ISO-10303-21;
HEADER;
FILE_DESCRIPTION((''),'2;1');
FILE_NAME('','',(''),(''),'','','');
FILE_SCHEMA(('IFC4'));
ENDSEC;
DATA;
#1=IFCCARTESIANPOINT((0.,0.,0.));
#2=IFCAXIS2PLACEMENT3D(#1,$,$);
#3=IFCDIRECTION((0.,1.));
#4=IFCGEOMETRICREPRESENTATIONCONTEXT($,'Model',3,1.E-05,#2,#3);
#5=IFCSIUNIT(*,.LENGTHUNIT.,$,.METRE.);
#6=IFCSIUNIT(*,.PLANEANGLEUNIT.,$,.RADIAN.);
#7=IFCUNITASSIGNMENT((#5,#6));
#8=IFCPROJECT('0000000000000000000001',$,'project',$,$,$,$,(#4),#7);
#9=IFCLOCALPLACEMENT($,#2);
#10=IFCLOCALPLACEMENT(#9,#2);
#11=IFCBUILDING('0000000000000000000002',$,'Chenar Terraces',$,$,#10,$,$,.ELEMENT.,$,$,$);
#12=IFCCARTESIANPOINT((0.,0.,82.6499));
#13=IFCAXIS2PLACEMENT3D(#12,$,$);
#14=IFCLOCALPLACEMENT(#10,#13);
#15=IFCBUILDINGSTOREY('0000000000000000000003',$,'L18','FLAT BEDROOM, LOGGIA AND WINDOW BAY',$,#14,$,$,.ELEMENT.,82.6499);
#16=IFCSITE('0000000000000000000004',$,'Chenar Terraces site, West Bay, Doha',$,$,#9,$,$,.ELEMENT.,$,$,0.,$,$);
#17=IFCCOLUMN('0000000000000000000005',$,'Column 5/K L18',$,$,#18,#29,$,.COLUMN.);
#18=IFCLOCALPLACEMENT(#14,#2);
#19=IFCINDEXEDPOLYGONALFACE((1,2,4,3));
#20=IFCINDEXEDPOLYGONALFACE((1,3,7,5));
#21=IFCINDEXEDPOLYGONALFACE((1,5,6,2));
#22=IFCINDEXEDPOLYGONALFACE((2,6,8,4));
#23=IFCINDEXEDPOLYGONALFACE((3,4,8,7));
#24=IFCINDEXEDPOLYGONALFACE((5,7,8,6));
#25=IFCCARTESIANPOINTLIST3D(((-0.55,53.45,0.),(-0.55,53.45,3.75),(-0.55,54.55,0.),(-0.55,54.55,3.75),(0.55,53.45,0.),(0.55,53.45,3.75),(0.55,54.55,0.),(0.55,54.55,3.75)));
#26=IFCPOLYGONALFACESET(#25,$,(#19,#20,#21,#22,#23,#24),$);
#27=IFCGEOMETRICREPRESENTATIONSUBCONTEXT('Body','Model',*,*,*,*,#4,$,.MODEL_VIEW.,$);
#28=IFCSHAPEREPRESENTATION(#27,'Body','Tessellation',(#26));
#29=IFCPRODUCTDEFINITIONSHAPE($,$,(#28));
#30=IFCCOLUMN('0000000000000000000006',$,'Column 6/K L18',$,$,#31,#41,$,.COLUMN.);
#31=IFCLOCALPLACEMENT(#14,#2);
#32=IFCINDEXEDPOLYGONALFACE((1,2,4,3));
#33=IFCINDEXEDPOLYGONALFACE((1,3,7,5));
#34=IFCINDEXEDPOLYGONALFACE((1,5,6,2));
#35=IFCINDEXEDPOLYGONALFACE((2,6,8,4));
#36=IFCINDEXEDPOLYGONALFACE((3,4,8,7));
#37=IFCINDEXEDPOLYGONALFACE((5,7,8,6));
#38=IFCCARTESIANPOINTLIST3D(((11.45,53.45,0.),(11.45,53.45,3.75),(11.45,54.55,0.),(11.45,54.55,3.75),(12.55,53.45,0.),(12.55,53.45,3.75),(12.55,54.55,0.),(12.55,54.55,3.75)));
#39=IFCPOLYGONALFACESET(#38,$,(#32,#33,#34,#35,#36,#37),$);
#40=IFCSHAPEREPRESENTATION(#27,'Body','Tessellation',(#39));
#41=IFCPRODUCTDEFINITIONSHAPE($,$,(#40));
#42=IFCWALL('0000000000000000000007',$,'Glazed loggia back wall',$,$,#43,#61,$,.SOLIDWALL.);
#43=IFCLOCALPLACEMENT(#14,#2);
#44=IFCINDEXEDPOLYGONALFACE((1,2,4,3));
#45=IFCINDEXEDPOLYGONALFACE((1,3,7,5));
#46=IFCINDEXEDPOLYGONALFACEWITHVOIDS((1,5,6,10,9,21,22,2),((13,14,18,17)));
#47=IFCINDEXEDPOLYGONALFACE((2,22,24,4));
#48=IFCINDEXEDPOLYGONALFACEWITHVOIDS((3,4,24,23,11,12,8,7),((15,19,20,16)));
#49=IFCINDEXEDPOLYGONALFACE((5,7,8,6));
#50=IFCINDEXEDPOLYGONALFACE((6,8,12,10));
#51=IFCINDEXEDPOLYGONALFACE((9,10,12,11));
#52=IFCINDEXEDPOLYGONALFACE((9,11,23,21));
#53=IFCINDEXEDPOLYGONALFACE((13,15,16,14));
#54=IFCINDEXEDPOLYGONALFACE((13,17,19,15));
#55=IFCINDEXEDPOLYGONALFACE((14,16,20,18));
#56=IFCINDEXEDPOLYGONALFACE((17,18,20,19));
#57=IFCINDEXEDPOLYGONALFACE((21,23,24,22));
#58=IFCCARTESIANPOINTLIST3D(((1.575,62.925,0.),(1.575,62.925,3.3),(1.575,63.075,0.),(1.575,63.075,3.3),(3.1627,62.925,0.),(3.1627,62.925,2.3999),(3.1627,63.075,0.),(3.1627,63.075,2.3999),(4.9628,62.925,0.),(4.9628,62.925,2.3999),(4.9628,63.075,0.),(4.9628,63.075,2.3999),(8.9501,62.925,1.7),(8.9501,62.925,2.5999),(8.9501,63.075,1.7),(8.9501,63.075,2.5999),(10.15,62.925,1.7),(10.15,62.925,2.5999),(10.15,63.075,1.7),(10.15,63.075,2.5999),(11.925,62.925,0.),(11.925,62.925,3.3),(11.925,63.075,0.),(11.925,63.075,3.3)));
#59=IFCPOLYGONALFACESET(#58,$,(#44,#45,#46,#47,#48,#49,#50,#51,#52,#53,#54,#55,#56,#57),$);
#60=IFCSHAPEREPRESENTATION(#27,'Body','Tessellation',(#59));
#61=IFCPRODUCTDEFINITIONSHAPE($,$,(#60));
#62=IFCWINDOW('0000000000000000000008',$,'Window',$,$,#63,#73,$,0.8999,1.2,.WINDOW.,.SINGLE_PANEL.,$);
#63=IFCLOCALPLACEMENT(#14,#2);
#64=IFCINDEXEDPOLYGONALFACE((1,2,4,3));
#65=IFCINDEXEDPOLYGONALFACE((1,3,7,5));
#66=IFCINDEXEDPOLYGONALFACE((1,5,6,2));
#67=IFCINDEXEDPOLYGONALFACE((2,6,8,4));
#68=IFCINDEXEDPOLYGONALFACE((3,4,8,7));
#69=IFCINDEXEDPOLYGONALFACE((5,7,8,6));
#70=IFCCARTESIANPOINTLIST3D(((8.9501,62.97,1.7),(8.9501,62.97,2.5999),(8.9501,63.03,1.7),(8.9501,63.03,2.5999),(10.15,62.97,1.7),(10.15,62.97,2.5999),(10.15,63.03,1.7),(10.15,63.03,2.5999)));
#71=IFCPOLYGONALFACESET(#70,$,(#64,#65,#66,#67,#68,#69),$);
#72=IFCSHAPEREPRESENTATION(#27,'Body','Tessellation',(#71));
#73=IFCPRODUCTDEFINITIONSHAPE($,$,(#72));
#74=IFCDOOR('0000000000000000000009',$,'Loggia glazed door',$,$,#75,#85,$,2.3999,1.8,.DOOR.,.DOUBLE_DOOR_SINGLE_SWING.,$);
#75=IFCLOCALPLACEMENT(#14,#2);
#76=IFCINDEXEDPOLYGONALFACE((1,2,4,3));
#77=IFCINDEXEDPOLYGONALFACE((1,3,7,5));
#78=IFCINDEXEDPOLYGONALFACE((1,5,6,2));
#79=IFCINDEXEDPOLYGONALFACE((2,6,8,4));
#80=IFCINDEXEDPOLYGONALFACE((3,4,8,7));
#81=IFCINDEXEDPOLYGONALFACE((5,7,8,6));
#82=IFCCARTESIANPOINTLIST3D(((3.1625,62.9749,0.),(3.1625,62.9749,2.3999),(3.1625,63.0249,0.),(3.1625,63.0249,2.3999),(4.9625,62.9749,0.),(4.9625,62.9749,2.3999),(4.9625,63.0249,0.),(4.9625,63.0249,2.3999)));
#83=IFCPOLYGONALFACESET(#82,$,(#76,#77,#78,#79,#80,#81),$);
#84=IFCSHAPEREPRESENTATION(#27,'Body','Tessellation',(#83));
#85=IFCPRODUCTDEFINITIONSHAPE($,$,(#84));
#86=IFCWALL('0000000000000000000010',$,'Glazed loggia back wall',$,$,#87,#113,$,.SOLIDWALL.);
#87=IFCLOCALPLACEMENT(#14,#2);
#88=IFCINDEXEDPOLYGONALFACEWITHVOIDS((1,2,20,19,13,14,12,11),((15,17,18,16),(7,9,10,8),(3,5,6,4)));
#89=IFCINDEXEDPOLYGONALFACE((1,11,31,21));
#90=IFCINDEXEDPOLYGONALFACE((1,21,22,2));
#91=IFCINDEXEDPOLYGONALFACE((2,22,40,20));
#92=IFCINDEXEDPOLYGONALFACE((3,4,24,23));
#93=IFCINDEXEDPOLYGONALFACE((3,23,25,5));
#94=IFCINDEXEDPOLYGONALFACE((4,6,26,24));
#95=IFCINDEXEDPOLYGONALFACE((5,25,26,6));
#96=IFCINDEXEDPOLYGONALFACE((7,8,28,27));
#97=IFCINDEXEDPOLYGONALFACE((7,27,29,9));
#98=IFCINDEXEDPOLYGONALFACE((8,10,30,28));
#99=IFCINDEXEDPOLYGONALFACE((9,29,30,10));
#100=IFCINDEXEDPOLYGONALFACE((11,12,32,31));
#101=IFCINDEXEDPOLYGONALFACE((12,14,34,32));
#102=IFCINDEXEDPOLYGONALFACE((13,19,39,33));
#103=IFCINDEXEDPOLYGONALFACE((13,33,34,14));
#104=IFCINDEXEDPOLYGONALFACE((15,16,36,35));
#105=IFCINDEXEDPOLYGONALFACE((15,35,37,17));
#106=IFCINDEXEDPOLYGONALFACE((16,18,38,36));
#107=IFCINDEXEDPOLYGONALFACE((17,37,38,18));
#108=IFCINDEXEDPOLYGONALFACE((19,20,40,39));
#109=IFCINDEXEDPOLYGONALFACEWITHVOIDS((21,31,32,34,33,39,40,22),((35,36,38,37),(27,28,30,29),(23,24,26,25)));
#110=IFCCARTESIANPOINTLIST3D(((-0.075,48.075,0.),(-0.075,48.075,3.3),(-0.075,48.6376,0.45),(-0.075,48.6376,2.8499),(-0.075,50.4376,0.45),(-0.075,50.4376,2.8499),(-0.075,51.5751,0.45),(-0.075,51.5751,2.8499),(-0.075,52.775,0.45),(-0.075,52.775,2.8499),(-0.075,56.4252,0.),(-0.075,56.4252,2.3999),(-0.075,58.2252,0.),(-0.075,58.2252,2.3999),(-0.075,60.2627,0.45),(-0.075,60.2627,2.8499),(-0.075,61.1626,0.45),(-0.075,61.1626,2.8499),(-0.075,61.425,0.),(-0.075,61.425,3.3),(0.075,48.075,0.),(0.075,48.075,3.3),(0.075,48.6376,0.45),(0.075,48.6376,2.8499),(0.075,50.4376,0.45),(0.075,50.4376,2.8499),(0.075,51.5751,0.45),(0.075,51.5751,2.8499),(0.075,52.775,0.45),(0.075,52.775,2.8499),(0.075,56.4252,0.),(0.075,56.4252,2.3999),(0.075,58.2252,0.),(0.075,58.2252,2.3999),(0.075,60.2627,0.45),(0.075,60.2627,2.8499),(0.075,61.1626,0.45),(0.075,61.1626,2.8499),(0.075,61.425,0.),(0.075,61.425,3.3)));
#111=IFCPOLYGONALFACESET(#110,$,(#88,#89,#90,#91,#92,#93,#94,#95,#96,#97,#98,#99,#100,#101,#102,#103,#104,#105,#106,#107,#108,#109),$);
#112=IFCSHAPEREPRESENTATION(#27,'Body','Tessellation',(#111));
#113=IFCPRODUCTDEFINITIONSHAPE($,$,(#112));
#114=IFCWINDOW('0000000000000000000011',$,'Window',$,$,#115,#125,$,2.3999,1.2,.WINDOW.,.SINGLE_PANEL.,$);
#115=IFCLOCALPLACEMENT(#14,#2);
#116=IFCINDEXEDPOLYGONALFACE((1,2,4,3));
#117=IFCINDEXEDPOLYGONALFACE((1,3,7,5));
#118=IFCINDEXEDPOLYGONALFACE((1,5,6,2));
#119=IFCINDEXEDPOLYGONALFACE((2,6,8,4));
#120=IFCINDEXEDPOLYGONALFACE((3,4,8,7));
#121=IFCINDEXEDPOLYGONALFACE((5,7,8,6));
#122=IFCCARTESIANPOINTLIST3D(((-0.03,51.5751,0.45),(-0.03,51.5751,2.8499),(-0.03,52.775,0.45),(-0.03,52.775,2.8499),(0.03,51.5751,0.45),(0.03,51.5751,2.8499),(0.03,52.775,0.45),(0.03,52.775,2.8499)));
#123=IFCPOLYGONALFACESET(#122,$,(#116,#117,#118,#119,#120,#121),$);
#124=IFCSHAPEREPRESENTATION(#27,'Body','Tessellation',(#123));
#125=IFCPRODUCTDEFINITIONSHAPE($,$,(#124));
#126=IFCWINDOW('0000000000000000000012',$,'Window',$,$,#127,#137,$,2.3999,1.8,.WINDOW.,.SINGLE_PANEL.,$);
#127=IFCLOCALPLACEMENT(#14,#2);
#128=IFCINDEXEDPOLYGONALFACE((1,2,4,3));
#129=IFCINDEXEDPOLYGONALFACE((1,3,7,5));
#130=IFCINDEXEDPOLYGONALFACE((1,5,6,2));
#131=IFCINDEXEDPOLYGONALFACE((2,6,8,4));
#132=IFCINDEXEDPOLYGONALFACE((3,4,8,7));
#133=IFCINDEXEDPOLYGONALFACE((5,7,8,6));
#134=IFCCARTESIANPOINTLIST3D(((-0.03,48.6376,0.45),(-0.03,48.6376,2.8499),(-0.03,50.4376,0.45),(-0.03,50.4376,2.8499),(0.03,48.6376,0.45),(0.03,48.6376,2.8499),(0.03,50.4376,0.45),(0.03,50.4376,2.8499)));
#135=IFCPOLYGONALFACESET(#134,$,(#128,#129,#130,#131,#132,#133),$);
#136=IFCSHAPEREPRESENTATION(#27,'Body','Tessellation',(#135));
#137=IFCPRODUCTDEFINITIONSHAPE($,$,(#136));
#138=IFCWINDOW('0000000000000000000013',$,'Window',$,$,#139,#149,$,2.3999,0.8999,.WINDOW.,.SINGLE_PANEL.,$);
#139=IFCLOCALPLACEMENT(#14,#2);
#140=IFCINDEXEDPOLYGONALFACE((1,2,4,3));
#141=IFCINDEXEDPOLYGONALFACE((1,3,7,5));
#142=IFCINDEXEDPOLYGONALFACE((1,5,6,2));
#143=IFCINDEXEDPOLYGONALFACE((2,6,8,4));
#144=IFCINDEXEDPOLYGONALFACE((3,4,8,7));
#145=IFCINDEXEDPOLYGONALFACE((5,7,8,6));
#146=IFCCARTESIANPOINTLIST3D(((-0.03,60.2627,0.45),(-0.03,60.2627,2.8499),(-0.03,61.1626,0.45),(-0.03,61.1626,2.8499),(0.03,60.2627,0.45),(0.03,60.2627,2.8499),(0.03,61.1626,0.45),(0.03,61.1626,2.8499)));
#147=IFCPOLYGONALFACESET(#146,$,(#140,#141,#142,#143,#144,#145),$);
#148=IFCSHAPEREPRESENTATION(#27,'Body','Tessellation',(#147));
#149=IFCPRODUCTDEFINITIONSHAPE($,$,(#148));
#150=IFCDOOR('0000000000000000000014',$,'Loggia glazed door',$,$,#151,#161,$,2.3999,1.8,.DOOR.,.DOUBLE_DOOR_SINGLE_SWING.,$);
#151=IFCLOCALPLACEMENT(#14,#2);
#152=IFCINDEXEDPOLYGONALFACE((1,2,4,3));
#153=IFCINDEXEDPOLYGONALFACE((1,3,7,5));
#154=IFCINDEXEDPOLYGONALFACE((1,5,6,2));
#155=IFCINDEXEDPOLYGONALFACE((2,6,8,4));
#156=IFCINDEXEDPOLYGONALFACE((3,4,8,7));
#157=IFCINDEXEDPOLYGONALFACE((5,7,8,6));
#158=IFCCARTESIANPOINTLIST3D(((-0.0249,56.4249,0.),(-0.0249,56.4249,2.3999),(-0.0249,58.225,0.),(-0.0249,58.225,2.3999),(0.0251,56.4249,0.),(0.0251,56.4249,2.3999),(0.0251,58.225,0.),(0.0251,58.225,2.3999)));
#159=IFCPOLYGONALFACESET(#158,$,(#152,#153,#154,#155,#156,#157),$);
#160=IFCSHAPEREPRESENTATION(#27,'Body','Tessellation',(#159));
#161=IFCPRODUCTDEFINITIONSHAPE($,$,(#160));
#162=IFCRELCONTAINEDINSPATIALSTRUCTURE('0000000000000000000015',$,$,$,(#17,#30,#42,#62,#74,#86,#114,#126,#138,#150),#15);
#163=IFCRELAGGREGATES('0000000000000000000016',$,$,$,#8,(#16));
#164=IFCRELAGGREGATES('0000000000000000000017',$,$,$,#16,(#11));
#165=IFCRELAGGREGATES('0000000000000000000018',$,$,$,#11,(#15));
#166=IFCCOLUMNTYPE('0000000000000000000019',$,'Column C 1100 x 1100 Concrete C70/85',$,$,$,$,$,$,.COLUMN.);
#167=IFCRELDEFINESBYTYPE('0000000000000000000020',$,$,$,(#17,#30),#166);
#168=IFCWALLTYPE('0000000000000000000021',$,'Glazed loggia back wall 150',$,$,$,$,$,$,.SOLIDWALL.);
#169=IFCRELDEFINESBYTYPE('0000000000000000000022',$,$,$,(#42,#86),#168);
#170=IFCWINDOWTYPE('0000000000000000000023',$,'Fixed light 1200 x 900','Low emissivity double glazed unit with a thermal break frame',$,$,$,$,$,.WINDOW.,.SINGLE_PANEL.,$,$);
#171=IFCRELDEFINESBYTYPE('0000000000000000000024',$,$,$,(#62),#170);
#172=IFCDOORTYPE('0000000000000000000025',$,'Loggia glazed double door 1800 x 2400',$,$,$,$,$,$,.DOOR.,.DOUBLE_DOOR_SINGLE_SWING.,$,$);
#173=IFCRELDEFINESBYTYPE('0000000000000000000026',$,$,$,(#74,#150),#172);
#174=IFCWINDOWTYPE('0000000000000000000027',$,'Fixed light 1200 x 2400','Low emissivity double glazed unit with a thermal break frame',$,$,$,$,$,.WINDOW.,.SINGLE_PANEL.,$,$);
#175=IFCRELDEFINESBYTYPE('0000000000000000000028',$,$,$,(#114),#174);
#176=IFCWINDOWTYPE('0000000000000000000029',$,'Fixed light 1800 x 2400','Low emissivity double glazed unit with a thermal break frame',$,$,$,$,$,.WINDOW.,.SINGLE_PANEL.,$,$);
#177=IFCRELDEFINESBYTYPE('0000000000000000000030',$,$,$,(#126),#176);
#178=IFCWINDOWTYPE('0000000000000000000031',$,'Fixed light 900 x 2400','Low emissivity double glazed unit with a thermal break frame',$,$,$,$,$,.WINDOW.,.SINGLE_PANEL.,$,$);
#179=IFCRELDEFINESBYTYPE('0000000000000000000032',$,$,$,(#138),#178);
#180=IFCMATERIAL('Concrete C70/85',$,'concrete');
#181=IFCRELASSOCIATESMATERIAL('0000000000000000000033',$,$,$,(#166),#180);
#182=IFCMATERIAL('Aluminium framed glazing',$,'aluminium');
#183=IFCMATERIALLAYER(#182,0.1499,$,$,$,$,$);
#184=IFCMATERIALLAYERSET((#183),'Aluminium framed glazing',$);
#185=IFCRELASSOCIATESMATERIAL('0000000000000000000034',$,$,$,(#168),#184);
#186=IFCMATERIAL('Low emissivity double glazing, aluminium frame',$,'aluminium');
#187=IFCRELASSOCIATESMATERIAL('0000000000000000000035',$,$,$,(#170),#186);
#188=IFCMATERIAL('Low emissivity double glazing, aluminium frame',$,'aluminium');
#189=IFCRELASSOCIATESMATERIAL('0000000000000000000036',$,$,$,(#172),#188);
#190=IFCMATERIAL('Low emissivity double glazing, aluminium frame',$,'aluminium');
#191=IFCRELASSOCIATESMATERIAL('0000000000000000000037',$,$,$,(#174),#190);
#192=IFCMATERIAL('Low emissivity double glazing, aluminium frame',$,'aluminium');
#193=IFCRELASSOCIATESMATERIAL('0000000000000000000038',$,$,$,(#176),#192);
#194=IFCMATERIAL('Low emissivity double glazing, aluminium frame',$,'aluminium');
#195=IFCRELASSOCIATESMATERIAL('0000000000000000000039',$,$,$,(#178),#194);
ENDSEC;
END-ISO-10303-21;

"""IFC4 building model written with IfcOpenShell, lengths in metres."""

from ifc_helpers import new_model, si_unit, direction, frame, frame_2d, origin, origin_2d, place, context, subcontext, project, spatial, rectangle, extrude, material, layer, layer_set, material_profile, profile_set, type_object, element, fill, save


model = new_model("IFC4")

# Units and contexts
model_context = context("Model", 3, precision=1e-05, world=origin(), true_north=direction((0.0, 1.0)))
body_context = subcontext(model_context, "Body", "Model", "MODEL_VIEW")
ifc_project = project(units=[si_unit("LENGTHUNIT", "METRE"), si_unit("PLANEANGLEUNIT", "RADIAN")], contexts=[model_context])

# Site, building, storey
site_placement = place(None, origin())
site = spatial("IfcSite", under=ifc_project, at=site_placement, Name="Chenar Terraces site, West Bay, Doha", CompositionType="ELEMENT", RefElevation=0.0)
building_placement = place(site_placement, origin())
building = spatial("IfcBuilding", under=site, at=building_placement, Name="Chenar Terraces", CompositionType="ELEMENT")
storey_placement = place(building_placement, frame((0.0, 0.0, 82.6499)))
storey = spatial("IfcBuildingStorey", under=building, at=storey_placement, Name="L18", Description="FLAT BEDROOM, LOGGIA AND WINDOW BAY", CompositionType="ELEMENT", Elevation=82.6499)

# Columns
ifc_material_1 = material(Name="Concrete C70/85", Category="concrete")
ifc_material_profile = material_profile(ifc_material_1, rectangle(XDim=1.1001, YDim=1.1001, at=origin_2d()), Name="C 1100 x 1100")
ifc_profile_set = profile_set([ifc_material_profile], Name="Concrete C70/85")
column_type = type_object("IfcColumnType", Name="Column C 1100 x 1100 Concrete C70/85", PredefinedType="COLUMN", material=ifc_profile_set)
for number, where, z_axis, x_axis, name in (
    (1, (0.0, 54.0, 0.0), (0.0, 0.0, 1.0), (1.0, 0.0, 0.0), "Column 5/K L18"),
    (2, (12.0, 54.0, 0.0), (0.0, 0.0, 1.0), (1.0, 0.0, 0.0), "Column 6/K L18"),
):
    element("IfcColumn", number, at=place(storey_placement, frame(where, z_axis=z_axis, x_axis=x_axis)), inside=storey, type_object=column_type, Name=name, PredefinedType="COLUMN", context=body_context, shape_type="SweptSolid", body=[
        extrude(rectangle(XDim=1.1001, YDim=1.1001, at=origin_2d()), origin(), (0.0, 0.0, 1.0), 3.75),
    ])

# Wall, openings, window, door
ifc_material_2 = material(Name="Aluminium framed glazing", Category="aluminium")
ifc_layer_1 = layer(ifc_material_2, 0.1499)
ifc_layer_set_1 = layer_set([ifc_layer_1], Name="Aluminium framed glazing")
wall_type_1 = type_object("IfcWallType", Name="Glazed loggia back wall 150", PredefinedType="SOLIDWALL", material=ifc_layer_set_1)
wall_1_placement = place(storey_placement, frame((11.925, 63.0, 0.0), z_axis=(0.0, 0.0, 1.0), x_axis=(-1.0, 0.0, 0.0)))
wall_1 = element("IfcWall", 3, at=wall_1_placement, inside=storey, type_object=wall_type_1, Name="Glazed loggia back wall", PredefinedType="SOLIDWALL", context=body_context, shape_type="SweptSolid", body=[
    extrude(rectangle(XDim=10.3501, YDim=0.1499, at=frame_2d((5.175, 0.0))), origin(), (0.0, 0.0, 1.0), 3.3),
])
opening_1_placement = place(wall_1_placement, frame((1.7749, 0.0, 1.7)))
opening_1 = element("IfcOpeningElement", 4, at=opening_1_placement, cuts=wall_1, PredefinedType="OPENING", context=body_context, shape_type="SweptSolid", body=[
    extrude(rectangle(XDim=1.2, YDim=0.8999, at=frame_2d((0.6001, 0.45))), frame((0.0, 0.085, 0.0), z_axis=(0.0, -1.0, 0.0), x_axis=(1.0, 0.0, 0.0)), (0.0, 0.0, 1.0), 0.1699),
])
opening_2_placement = place(wall_1_placement, frame((6.9624, 0.0, 0.0)))
opening_2 = element("IfcOpeningElement", 5, at=opening_2_placement, cuts=wall_1, PredefinedType="OPENING", context=body_context, shape_type="SweptSolid", body=[
    extrude(rectangle(XDim=1.8, YDim=2.3999, at=frame_2d((0.8999, 1.2))), frame((0.0, 0.085, 0.0), z_axis=(0.0, -1.0, 0.0), x_axis=(1.0, 0.0, 0.0)), (0.0, 0.0, 1.0), 0.1699),
])
ifc_material_3 = material(Name="Low emissivity double glazing, aluminium frame", Category="aluminium")
window_type_1 = type_object("IfcWindowType", Name="Fixed light 1200 x 900", Description="Low emissivity double glazed unit with a thermal break frame", PartitioningType="SINGLE_PANEL", PredefinedType="WINDOW", material=ifc_material_3)
window_1_placement = place(opening_1_placement, origin())
window_1 = element("IfcWindow", 6, at=window_1_placement, inside=storey, type_object=window_type_1, Name="Window", OverallHeight=0.8999, OverallWidth=1.2, PartitioningType="SINGLE_PANEL", PredefinedType="WINDOW", context=body_context, shape_type="SweptSolid", body=[
    extrude(rectangle(XDim=1.2, YDim=0.8999, at=frame_2d((0.6001, 0.45))), frame((0.0, 0.03, 0.0), z_axis=(0.0, -1.0, 0.0), x_axis=(1.0, 0.0, 0.0)), (0.0, 0.0, 1.0), 0.0601),
])
fill(opening_1, window_1)
ifc_material_4 = material(Name="Low emissivity double glazing, aluminium frame", Category="aluminium")
door_type_1 = type_object("IfcDoorType", Name="Loggia glazed double door 1800 x 2400", OperationType="DOUBLE_DOOR_SINGLE_SWING", PredefinedType="DOOR", material=ifc_material_4)
door_1_placement = place(opening_2_placement, frame((1.8, 0.0, 0.0), z_axis=(0.0, 0.0, 1.0), x_axis=(-1.0, 0.0, 0.0)))
door_1 = element("IfcDoor", 7, at=door_1_placement, inside=storey, type_object=door_type_1, Name="Loggia glazed door", OperationType="DOUBLE_DOOR_SINGLE_SWING", OverallHeight=2.3999, OverallWidth=1.8, PredefinedType="DOOR", context=body_context, shape_type="SweptSolid", body=[
    extrude(rectangle(XDim=1.8, YDim=2.3999, at=frame_2d((0.8999, 1.2))), frame((0.0, 0.0249, 0.0), z_axis=(0.0, -1.0, 0.0), x_axis=(1.0, 0.0, 0.0)), (0.0, 0.0, 1.0), 0.05),
])
fill(opening_2, door_1)

# Wall, openings, windows, door
wall_2_placement = place(storey_placement, frame((0.0, 61.425, 0.0), z_axis=(0.0, 0.0, 1.0), x_axis=(0.0, -1.0, 0.0)))
wall_2 = element("IfcWall", 8, at=wall_2_placement, inside=storey, type_object=wall_type_1, Name="Glazed loggia back wall", PredefinedType="SOLIDWALL", context=body_context, shape_type="SweptSolid", body=[
    extrude(rectangle(XDim=13.3501, YDim=0.1499, at=frame_2d((6.675, 0.0))), origin(), (0.0, 0.0, 1.0), 3.3),
])
opening_3_placement = place(wall_2_placement, frame((0.2625, 0.0, 0.45)))
opening_3 = element("IfcOpeningElement", 9, at=opening_3_placement, cuts=wall_2, PredefinedType="OPENING", context=body_context, shape_type="SweptSolid", body=[
    extrude(rectangle(XDim=0.8999, YDim=2.3999, at=frame_2d((0.45, 1.2))), frame((0.0, 0.085, 0.0), z_axis=(0.0, -1.0, 0.0), x_axis=(1.0, 0.0, 0.0)), (0.0, 0.0, 1.0), 0.1699),
])
opening_4_placement = place(wall_2_placement, frame((3.2, 0.0, 0.0)))
opening_4 = element("IfcOpeningElement", 10, at=opening_4_placement, cuts=wall_2, PredefinedType="OPENING", context=body_context, shape_type="SweptSolid", body=[
    extrude(rectangle(XDim=1.8, YDim=2.3999, at=frame_2d((0.8999, 1.2))), frame((0.0, 0.085, 0.0), z_axis=(0.0, -1.0, 0.0), x_axis=(1.0, 0.0, 0.0)), (0.0, 0.0, 1.0), 0.1699),
])
opening_5_placement = place(wall_2_placement, frame((8.6499, 0.0, 0.45)))
opening_5 = element("IfcOpeningElement", 11, at=opening_5_placement, cuts=wall_2, PredefinedType="OPENING", context=body_context, shape_type="SweptSolid", body=[
    extrude(rectangle(XDim=1.2, YDim=2.3999, at=frame_2d((0.6001, 1.2))), frame((0.0, 0.085, 0.0), z_axis=(0.0, -1.0, 0.0), x_axis=(1.0, 0.0, 0.0)), (0.0, 0.0, 1.0), 0.1699),
])
opening_6_placement = place(wall_2_placement, frame((10.9875, 0.0, 0.45)))
opening_6 = element("IfcOpeningElement", 12, at=opening_6_placement, cuts=wall_2, PredefinedType="OPENING", context=body_context, shape_type="SweptSolid", body=[
    extrude(rectangle(XDim=1.8, YDim=2.3999, at=frame_2d((0.8999, 1.2))), frame((0.0, 0.085, 0.0), z_axis=(0.0, -1.0, 0.0), x_axis=(1.0, 0.0, 0.0)), (0.0, 0.0, 1.0), 0.1699),
])
ifc_material_5 = material(Name="Low emissivity double glazing, aluminium frame", Category="aluminium")
window_type_2 = type_object("IfcWindowType", Name="Fixed light 1200 x 2400", Description="Low emissivity double glazed unit with a thermal break frame", PartitioningType="SINGLE_PANEL", PredefinedType="WINDOW", material=ifc_material_5)
window_2_placement = place(opening_5_placement, origin())
window_2 = element("IfcWindow", 13, at=window_2_placement, inside=storey, type_object=window_type_2, Name="Window", OverallHeight=2.3999, OverallWidth=1.2, PartitioningType="SINGLE_PANEL", PredefinedType="WINDOW", context=body_context, shape_type="SweptSolid", body=[
    extrude(rectangle(XDim=1.2, YDim=2.3999, at=frame_2d((0.6001, 1.2))), frame((0.0, 0.03, 0.0), z_axis=(0.0, -1.0, 0.0), x_axis=(1.0, 0.0, 0.0)), (0.0, 0.0, 1.0), 0.0601),
])
fill(opening_5, window_2)
ifc_material_6 = material(Name="Low emissivity double glazing, aluminium frame", Category="aluminium")
window_type_3 = type_object("IfcWindowType", Name="Fixed light 1800 x 2400", Description="Low emissivity double glazed unit with a thermal break frame", PartitioningType="SINGLE_PANEL", PredefinedType="WINDOW", material=ifc_material_6)
window_3_placement = place(opening_6_placement, origin())
window_3 = element("IfcWindow", 14, at=window_3_placement, inside=storey, type_object=window_type_3, Name="Window", OverallHeight=2.3999, OverallWidth=1.8, PartitioningType="SINGLE_PANEL", PredefinedType="WINDOW", context=body_context, shape_type="SweptSolid", body=[
    extrude(rectangle(XDim=1.8, YDim=2.3999, at=frame_2d((0.8999, 1.2))), frame((0.0, 0.03, 0.0), z_axis=(0.0, -1.0, 0.0), x_axis=(1.0, 0.0, 0.0)), (0.0, 0.0, 1.0), 0.0601),
])
fill(opening_6, window_3)
ifc_material_7 = material(Name="Low emissivity double glazing, aluminium frame", Category="aluminium")
window_type_4 = type_object("IfcWindowType", Name="Fixed light 900 x 2400", Description="Low emissivity double glazed unit with a thermal break frame", PartitioningType="SINGLE_PANEL", PredefinedType="WINDOW", material=ifc_material_7)
window_4_placement = place(opening_3_placement, origin())
window_4 = element("IfcWindow", 15, at=window_4_placement, inside=storey, type_object=window_type_4, Name="Window", OverallHeight=2.3999, OverallWidth=0.8999, PartitioningType="SINGLE_PANEL", PredefinedType="WINDOW", context=body_context, shape_type="SweptSolid", body=[
    extrude(rectangle(XDim=0.8999, YDim=2.3999, at=frame_2d((0.45, 1.2))), frame((0.0, 0.03, 0.0), z_axis=(0.0, -1.0, 0.0), x_axis=(1.0, 0.0, 0.0)), (0.0, 0.0, 1.0), 0.0601),
])
fill(opening_3, window_4)
door_2_placement = place(opening_4_placement, frame((1.8, 0.0, 0.0), z_axis=(0.0, 0.0, 1.0), x_axis=(-1.0, 0.0, 0.0)))
door_2 = element("IfcDoor", 16, at=door_2_placement, inside=storey, type_object=door_type_1, Name="Loggia glazed door", OperationType="DOUBLE_DOOR_SINGLE_SWING", OverallHeight=2.3999, OverallWidth=1.8, PredefinedType="DOOR", context=body_context, shape_type="SweptSolid", body=[
    extrude(rectangle(XDim=1.8, YDim=2.3999, at=frame_2d((0.8999, 1.2))), frame((0.0, 0.0249, 0.0), z_axis=(0.0, -1.0, 0.0), x_axis=(1.0, 0.0, 0.0)), (0.0, 0.0, 1.0), 0.05),
])
fill(opening_4, door_2)

save(model, "model.ifc")
